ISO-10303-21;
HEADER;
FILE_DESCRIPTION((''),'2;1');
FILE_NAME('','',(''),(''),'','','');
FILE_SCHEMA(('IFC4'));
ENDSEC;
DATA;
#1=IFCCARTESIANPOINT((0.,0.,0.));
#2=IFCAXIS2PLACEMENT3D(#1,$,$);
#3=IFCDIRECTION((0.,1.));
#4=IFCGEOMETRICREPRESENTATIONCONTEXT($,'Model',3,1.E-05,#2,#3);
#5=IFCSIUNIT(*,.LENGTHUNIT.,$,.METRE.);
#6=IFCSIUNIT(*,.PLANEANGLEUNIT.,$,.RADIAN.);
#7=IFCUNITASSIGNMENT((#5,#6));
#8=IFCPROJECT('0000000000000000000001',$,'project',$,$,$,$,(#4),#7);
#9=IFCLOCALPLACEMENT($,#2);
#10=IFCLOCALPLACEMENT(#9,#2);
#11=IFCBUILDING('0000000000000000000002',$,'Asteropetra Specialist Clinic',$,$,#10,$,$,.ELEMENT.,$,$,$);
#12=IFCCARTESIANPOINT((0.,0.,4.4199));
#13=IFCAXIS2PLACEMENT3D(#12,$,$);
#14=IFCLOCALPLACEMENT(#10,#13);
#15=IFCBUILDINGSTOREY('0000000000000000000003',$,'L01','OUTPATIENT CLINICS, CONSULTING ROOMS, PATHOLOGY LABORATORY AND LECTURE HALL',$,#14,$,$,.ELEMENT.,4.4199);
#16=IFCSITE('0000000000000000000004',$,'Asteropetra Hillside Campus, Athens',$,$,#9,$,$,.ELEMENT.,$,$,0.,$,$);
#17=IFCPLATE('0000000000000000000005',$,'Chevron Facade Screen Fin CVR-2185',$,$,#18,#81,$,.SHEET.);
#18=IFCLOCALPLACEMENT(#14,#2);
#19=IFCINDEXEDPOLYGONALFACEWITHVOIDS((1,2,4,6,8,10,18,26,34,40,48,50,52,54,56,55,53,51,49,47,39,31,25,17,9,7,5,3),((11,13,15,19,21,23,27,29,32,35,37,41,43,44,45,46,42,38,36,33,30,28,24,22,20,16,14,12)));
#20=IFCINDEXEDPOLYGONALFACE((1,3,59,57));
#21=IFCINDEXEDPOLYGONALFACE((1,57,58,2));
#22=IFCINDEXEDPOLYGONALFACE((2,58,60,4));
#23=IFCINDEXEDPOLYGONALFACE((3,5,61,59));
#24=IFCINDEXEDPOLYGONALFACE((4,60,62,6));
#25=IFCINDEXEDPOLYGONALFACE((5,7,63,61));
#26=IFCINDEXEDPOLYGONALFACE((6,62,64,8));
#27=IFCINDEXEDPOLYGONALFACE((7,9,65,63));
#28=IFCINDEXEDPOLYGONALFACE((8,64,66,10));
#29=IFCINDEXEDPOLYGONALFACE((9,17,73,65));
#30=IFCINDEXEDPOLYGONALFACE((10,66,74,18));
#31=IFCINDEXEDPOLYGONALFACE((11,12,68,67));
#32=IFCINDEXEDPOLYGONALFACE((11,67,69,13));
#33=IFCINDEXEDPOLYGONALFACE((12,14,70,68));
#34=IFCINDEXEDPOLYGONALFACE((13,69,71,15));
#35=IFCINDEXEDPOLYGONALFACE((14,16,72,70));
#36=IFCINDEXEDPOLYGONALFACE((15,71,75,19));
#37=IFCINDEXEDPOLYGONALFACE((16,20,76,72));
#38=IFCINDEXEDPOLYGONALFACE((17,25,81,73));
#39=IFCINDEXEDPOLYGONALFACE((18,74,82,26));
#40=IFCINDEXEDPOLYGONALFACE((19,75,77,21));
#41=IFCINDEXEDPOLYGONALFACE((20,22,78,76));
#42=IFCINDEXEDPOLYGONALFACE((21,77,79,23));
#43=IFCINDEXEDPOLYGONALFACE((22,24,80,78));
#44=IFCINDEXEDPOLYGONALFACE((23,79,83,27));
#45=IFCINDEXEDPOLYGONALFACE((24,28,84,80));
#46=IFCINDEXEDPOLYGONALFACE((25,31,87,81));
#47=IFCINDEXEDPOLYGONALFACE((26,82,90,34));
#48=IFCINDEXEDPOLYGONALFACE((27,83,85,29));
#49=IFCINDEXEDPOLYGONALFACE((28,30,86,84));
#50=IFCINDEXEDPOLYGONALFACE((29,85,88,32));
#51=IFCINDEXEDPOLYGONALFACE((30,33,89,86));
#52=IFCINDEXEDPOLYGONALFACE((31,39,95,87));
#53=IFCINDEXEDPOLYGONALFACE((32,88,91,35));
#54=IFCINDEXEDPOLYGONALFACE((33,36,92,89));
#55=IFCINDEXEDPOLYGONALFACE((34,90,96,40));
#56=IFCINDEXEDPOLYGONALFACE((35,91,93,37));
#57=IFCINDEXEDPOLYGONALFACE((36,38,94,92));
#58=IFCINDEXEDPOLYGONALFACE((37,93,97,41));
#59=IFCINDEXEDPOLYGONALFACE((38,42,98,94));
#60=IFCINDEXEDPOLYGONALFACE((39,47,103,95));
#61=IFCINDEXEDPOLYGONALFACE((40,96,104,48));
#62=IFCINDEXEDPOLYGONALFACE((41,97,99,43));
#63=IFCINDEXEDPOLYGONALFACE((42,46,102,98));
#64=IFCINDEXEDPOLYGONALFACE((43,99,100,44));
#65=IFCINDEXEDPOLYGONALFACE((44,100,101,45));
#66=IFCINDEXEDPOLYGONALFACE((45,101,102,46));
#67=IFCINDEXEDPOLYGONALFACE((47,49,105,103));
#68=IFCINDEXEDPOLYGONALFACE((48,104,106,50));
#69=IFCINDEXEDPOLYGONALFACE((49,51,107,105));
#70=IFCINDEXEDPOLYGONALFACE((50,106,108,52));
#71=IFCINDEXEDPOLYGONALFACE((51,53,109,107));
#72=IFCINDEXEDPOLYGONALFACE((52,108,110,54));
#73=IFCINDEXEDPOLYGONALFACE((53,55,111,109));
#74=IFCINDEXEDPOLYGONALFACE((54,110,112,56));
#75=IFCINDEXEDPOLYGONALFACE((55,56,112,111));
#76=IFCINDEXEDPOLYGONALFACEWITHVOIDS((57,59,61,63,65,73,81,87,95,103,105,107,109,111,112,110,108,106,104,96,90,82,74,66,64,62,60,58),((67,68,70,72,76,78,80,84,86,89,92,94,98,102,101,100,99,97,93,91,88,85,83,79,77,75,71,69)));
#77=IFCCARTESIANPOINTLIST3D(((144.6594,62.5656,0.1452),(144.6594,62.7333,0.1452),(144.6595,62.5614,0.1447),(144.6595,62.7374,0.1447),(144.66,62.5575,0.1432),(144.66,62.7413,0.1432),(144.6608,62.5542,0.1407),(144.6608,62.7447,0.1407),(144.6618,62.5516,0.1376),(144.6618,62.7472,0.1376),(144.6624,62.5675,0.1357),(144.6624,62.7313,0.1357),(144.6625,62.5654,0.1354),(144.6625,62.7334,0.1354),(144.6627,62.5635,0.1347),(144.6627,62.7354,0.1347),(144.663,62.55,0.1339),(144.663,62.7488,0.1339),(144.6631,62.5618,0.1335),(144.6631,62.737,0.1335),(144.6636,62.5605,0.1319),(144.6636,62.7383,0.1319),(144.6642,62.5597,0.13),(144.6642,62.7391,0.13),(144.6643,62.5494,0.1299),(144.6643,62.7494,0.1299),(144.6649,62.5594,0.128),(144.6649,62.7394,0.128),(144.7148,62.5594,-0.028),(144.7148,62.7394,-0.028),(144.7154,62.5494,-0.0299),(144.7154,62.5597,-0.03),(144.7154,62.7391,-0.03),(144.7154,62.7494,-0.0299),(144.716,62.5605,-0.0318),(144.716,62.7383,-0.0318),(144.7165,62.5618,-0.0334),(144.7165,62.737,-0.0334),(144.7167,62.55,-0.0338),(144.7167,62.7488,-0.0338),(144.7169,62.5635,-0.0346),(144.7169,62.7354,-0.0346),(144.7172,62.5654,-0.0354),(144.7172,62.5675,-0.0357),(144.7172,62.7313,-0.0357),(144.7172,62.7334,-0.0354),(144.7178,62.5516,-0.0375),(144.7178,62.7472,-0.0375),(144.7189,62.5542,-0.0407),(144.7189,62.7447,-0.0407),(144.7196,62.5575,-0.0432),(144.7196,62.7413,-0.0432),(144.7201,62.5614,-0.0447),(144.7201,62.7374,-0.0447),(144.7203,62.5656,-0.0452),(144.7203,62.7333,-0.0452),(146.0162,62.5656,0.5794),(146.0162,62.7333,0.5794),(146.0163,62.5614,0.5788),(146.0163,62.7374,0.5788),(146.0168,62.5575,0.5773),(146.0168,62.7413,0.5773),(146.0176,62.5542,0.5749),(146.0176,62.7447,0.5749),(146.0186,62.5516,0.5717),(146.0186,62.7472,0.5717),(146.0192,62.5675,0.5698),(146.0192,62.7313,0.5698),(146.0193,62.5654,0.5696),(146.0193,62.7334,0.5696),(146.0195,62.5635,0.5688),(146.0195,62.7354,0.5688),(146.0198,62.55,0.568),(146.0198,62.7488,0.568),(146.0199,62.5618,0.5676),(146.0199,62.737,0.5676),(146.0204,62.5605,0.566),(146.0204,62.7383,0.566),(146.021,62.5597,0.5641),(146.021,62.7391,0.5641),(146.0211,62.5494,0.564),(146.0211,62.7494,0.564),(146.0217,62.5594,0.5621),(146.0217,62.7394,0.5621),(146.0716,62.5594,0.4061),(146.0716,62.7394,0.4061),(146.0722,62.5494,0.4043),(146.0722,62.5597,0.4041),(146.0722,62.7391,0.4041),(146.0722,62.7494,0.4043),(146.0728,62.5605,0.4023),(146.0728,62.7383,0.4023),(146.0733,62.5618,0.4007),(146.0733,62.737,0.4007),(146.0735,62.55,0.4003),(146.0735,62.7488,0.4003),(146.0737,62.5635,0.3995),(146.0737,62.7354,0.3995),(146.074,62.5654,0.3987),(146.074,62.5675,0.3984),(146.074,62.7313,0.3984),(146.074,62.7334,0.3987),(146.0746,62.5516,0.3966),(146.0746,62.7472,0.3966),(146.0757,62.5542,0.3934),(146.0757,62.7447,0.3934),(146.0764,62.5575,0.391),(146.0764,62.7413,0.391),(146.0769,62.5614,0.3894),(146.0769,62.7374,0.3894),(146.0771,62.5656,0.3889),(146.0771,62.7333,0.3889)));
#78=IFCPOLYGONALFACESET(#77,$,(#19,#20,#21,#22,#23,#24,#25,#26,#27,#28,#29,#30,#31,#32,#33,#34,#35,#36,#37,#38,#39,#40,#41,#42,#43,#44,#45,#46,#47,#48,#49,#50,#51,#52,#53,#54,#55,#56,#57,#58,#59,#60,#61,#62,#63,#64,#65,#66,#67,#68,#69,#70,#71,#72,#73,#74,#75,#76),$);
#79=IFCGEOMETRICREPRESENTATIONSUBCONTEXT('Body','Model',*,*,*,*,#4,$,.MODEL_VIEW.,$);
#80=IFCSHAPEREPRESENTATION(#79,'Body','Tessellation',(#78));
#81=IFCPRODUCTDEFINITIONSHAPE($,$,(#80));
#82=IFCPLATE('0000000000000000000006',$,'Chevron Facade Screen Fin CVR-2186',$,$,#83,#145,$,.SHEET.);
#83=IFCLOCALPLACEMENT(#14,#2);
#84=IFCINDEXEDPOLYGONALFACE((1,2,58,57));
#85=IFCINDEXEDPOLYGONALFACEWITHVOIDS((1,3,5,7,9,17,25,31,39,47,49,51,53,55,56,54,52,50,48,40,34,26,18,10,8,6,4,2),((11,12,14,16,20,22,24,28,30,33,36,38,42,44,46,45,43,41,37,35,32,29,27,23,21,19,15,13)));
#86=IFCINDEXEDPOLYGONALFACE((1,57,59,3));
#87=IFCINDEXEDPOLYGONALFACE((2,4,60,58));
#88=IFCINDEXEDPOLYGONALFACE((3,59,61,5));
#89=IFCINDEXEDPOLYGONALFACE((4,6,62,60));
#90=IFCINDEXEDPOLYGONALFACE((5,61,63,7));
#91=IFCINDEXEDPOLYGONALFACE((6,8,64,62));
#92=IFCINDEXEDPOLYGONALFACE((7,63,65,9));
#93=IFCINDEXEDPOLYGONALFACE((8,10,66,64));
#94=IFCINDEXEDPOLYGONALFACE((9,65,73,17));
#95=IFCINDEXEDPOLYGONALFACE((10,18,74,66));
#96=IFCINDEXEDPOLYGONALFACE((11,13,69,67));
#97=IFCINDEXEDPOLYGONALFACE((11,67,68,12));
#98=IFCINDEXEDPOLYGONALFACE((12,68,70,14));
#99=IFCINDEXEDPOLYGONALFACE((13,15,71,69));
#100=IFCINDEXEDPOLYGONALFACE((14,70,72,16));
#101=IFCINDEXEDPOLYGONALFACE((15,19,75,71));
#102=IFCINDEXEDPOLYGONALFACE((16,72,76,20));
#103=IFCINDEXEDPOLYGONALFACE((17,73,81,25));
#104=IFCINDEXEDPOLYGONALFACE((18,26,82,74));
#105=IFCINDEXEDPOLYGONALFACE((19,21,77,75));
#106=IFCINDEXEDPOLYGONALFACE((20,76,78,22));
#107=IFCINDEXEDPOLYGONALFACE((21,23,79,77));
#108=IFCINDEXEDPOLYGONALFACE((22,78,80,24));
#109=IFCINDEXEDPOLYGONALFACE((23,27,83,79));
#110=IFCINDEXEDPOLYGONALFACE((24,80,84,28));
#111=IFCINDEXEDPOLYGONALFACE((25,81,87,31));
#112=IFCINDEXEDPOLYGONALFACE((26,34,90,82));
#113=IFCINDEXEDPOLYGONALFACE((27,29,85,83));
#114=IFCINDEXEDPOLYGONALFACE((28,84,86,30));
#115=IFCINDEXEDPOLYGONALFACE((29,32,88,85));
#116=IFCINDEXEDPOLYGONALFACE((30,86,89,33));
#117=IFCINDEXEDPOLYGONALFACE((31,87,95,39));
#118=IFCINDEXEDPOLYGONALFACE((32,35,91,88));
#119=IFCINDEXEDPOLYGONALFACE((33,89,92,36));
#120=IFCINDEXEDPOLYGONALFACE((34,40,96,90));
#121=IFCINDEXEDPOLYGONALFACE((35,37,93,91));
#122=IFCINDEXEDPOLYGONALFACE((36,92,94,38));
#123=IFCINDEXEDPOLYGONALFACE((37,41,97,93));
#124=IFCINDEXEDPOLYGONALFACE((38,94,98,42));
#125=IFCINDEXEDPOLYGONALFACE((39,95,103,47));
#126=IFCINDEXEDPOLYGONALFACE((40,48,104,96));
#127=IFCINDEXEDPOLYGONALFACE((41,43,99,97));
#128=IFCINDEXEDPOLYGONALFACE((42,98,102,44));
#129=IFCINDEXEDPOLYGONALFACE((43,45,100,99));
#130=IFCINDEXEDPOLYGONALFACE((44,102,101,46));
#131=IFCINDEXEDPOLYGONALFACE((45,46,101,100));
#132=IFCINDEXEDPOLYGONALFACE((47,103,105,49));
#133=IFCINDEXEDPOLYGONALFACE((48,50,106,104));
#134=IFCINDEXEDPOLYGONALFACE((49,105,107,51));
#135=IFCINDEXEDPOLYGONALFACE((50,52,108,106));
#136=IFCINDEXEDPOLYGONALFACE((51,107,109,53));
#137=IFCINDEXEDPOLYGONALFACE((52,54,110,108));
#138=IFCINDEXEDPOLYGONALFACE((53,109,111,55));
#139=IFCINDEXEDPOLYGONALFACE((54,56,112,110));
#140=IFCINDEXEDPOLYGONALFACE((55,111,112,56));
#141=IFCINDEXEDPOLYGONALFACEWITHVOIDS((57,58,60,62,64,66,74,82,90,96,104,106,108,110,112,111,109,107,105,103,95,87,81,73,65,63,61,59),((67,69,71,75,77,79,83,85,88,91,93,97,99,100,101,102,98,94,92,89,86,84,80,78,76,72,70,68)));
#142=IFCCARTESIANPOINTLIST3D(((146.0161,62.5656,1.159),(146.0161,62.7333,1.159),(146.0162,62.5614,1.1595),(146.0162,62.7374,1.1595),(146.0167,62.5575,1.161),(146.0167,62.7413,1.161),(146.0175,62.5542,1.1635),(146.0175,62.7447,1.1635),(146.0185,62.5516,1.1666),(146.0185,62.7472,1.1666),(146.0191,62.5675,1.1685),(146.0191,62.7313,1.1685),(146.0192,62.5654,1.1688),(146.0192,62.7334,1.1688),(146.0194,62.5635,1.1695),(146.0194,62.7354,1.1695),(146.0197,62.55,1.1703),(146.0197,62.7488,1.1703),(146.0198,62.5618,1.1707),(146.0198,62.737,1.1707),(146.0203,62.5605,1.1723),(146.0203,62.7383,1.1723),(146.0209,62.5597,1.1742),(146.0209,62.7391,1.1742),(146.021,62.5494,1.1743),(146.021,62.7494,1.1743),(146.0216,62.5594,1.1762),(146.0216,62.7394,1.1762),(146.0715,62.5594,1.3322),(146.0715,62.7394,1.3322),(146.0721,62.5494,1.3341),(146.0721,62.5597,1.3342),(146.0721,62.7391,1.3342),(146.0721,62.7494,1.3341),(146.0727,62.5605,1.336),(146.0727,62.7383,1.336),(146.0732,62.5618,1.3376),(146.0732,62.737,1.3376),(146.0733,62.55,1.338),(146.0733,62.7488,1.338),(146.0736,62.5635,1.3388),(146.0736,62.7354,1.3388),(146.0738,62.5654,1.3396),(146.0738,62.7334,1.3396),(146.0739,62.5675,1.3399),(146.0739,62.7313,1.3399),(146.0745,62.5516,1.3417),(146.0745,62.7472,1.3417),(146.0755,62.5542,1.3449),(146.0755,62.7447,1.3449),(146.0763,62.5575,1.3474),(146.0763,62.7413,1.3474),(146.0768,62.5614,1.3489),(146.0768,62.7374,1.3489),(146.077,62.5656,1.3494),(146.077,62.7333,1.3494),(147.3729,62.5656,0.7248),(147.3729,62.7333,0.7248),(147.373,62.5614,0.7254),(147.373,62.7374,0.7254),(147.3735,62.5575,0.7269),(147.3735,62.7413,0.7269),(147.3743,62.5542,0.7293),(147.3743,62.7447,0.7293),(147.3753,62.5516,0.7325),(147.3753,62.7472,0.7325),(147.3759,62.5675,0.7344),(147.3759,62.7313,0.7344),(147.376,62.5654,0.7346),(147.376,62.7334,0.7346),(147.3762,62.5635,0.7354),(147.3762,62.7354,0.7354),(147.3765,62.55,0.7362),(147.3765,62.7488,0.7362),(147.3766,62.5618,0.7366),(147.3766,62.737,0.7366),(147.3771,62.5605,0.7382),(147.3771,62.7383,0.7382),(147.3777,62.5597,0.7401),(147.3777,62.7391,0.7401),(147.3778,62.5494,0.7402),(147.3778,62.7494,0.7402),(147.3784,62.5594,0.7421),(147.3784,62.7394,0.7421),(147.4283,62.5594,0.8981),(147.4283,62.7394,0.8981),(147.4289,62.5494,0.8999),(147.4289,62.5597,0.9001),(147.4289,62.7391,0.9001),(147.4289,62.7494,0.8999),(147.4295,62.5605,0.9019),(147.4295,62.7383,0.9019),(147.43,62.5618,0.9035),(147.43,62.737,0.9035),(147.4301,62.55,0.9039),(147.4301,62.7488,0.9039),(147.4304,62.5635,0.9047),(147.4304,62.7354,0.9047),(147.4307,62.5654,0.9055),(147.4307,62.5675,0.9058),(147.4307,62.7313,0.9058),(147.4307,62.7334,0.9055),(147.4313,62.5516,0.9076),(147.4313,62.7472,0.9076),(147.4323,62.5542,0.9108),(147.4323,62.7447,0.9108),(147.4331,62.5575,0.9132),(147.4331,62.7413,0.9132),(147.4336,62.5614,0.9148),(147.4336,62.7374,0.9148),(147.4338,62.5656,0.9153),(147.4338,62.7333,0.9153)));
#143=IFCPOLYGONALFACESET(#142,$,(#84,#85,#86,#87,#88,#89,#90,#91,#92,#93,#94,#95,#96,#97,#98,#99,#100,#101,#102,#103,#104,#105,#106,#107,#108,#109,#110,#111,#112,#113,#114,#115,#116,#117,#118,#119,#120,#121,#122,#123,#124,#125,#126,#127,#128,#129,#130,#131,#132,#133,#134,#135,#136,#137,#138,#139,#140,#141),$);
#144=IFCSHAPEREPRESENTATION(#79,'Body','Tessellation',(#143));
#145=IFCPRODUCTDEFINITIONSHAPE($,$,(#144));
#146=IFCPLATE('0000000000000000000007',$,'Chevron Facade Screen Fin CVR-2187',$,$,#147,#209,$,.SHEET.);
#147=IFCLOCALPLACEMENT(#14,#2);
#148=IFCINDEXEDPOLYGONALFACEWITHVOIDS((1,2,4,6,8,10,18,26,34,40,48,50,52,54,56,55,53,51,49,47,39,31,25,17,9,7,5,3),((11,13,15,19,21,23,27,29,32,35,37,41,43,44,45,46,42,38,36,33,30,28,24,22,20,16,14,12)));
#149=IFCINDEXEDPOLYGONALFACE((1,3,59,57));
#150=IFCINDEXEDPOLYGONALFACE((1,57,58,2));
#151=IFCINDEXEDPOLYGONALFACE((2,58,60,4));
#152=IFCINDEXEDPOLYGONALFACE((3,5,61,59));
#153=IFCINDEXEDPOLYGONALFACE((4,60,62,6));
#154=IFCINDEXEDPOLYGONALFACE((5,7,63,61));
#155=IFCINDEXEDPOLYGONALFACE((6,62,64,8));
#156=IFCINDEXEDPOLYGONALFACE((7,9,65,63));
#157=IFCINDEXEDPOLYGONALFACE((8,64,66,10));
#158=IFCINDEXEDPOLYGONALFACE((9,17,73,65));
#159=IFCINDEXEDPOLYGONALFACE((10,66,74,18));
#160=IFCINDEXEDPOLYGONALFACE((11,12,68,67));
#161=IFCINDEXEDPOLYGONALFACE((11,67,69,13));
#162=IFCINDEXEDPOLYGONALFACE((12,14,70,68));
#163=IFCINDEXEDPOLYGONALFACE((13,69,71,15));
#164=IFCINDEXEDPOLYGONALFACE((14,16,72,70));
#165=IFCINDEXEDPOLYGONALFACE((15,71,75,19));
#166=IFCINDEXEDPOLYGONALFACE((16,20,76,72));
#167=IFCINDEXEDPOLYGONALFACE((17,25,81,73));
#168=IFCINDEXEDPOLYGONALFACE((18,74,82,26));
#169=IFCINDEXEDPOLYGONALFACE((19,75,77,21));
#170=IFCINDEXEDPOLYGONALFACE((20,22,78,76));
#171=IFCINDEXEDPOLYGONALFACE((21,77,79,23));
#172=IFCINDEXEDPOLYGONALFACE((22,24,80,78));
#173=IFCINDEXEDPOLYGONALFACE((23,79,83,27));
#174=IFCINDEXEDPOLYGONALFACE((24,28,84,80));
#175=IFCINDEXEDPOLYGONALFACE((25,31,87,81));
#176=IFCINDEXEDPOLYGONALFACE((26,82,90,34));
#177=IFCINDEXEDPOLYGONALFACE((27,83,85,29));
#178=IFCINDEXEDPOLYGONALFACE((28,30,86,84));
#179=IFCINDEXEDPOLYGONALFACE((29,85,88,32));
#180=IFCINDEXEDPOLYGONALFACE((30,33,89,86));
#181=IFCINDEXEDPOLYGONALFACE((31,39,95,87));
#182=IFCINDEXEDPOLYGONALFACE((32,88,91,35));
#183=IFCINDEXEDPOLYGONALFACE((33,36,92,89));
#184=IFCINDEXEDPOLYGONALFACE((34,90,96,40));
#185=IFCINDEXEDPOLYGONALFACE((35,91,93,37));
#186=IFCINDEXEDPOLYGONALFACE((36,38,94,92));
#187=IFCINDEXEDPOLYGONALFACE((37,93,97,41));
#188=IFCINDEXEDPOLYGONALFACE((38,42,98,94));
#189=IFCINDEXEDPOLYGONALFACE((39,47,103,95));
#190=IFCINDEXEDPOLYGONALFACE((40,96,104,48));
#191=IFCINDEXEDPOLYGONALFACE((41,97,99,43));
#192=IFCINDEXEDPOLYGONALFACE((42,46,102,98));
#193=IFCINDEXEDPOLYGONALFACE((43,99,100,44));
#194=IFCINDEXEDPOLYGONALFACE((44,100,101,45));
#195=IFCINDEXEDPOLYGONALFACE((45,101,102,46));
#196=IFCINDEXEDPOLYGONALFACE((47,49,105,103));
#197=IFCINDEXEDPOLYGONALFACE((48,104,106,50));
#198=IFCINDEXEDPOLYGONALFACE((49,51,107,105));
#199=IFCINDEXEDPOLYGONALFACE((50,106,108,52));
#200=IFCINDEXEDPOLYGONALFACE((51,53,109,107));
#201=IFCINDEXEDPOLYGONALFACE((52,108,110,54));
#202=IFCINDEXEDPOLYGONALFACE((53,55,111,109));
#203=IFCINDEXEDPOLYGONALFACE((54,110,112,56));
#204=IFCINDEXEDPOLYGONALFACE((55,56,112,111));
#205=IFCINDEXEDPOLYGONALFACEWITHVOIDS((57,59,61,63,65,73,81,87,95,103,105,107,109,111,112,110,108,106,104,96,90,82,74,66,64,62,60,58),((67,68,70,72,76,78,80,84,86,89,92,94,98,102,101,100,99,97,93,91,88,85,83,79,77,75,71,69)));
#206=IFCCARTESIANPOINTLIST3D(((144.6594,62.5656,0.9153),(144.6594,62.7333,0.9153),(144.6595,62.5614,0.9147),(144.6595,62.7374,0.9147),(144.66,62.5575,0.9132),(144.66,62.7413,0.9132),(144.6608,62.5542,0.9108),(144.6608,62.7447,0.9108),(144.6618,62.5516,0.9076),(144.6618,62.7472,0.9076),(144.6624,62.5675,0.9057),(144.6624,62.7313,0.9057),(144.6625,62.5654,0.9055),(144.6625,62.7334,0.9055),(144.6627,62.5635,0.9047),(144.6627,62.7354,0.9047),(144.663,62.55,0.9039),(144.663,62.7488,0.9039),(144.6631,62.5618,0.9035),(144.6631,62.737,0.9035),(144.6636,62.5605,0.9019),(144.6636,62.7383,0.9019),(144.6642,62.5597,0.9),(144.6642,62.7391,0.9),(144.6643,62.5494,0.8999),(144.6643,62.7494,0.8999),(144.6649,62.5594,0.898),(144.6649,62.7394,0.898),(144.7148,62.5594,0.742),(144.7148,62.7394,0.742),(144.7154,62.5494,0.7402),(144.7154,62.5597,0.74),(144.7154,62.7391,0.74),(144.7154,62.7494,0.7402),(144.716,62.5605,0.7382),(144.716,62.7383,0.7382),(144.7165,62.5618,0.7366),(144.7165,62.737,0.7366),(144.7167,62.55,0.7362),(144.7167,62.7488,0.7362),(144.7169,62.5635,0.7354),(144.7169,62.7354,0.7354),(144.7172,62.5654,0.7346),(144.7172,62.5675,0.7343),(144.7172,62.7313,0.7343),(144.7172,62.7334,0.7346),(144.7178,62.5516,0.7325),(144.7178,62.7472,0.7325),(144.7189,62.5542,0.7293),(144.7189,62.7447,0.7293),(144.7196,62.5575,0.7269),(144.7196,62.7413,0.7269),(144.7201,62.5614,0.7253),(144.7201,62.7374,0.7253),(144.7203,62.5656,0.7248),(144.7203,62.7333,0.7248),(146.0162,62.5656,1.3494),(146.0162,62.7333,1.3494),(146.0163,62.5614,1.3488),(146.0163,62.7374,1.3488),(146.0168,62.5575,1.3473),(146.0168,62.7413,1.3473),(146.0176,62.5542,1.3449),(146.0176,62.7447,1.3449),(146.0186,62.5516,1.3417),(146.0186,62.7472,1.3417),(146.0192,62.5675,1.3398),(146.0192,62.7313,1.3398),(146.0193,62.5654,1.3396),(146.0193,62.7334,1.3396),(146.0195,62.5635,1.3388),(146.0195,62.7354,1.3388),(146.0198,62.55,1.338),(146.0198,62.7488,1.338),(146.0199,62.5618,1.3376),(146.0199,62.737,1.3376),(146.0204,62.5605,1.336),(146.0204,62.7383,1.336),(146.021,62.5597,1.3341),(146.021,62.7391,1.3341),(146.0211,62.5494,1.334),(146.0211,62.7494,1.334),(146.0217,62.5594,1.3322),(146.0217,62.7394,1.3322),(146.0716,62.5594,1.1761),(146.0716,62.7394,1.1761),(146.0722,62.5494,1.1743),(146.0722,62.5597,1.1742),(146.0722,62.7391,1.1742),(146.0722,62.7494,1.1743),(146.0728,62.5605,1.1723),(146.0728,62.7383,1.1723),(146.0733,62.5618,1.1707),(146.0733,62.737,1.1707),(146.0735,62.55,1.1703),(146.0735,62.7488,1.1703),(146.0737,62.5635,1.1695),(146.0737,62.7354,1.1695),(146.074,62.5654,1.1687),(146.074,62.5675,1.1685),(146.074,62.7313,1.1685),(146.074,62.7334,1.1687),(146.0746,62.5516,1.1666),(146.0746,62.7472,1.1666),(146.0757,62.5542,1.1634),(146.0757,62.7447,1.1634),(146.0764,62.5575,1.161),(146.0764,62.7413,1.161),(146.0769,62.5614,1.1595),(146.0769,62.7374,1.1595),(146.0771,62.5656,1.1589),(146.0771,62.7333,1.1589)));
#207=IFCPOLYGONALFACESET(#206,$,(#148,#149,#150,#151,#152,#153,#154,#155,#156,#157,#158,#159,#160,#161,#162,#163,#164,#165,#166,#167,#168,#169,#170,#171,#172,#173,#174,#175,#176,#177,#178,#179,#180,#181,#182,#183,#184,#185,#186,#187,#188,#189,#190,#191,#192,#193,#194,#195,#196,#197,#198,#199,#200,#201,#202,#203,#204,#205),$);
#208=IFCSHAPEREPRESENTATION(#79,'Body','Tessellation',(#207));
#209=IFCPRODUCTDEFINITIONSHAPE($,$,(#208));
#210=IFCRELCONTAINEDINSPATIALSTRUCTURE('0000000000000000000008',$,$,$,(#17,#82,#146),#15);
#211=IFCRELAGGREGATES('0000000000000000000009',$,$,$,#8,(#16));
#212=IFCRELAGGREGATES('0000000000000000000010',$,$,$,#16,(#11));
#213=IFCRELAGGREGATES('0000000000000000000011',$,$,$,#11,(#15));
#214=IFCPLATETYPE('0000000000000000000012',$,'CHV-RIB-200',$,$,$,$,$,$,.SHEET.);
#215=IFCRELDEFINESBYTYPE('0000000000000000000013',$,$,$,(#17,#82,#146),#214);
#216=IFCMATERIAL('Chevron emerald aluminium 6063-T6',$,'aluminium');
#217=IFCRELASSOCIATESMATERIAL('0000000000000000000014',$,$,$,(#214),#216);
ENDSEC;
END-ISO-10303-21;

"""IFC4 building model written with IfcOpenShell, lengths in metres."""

from ifc_helpers import new_model, si_unit, direction, frame, origin, origin_2d, place, context, subcontext, project, spatial, hollow_rectangle, extrude, material, material_profile, profile_set, type_object, element, save


model = new_model("IFC4")

# Units and contexts
model_context = context("Model", 3, precision=1e-05, world=origin(), true_north=direction((0.0, 1.0)))
body_context = subcontext(model_context, "Body", "Model", "MODEL_VIEW")
ifc_project = project(units=[si_unit("LENGTHUNIT", "METRE"), si_unit("PLANEANGLEUNIT", "RADIAN")], contexts=[model_context])

# Site, building, storey
site_placement = place(None, origin())
site = spatial("IfcSite", under=ifc_project, at=site_placement, Name="Asteropetra Hillside Campus, Athens", CompositionType="ELEMENT", RefElevation=0.0)
building_placement = place(site_placement, origin())
building = spatial("IfcBuilding", under=site, at=building_placement, Name="Asteropetra Specialist Clinic", CompositionType="ELEMENT")
storey_placement = place(building_placement, frame((0.0, 0.0, 4.4199)))
storey = spatial("IfcBuildingStorey", under=building, at=storey_placement, Name="L01", Description="OUTPATIENT CLINICS, CONSULTING ROOMS, PATHOLOGY LABORATORY AND LECTURE HALL", CompositionType="ELEMENT", Elevation=4.4199)

# Plates
ifc_material_1 = material(Name="Chevron emerald aluminium 6063-T6", Category="aluminium")
ifc_material_profile_1 = material_profile(ifc_material_1, hollow_rectangle(XDim=0.2, YDim=0.2, WallThickness=0.01, InnerFilletRadius=0.0081, OuterFilletRadius=0.0161, at=origin_2d()), Name="SHS 200x200x10.0")
ifc_profile_set_1 = profile_set([ifc_material_profile_1], Name="Chevron emerald aluminium 6063-T6")
plate_type = type_object("IfcPlateType", Name="CHV-RIB-200", PredefinedType="SHEET", material=ifc_profile_set_1)
for number, where, z_axis, x_axis, name in (
    (1, (146.0466, 62.6494, 0.4841), (-0.952436, 0.0, -0.304738), (0.0, -1.0, 0.0), "Chevron Facade Screen Fin CVR-2185"),
    (2, (147.4033, 62.6494, 0.8201), (-0.952436, 0.0, 0.304738), (0.0, -1.0, 0.0), "Chevron Facade Screen Fin CVR-2186"),
    (3, (146.0466, 62.6494, 1.2542), (-0.952436, 0.0, -0.304738), (0.0, -1.0, 0.0), "Chevron Facade Screen Fin CVR-2187"),
):
    element("IfcPlate", number, at=place(storey_placement, frame(where, z_axis=z_axis, x_axis=x_axis)), inside=storey, type_object=plate_type, Name=name, PredefinedType="SHEET", context=body_context, shape_type="SweptSolid", body=[
        extrude(hollow_rectangle(XDim=0.2, YDim=0.2, WallThickness=0.01, InnerFilletRadius=0.0081, OuterFilletRadius=0.0161, at=origin_2d()), origin(), (0.0, 0.0, 1.0), 1.4246),
    ])

save(model, "model.ifc")
